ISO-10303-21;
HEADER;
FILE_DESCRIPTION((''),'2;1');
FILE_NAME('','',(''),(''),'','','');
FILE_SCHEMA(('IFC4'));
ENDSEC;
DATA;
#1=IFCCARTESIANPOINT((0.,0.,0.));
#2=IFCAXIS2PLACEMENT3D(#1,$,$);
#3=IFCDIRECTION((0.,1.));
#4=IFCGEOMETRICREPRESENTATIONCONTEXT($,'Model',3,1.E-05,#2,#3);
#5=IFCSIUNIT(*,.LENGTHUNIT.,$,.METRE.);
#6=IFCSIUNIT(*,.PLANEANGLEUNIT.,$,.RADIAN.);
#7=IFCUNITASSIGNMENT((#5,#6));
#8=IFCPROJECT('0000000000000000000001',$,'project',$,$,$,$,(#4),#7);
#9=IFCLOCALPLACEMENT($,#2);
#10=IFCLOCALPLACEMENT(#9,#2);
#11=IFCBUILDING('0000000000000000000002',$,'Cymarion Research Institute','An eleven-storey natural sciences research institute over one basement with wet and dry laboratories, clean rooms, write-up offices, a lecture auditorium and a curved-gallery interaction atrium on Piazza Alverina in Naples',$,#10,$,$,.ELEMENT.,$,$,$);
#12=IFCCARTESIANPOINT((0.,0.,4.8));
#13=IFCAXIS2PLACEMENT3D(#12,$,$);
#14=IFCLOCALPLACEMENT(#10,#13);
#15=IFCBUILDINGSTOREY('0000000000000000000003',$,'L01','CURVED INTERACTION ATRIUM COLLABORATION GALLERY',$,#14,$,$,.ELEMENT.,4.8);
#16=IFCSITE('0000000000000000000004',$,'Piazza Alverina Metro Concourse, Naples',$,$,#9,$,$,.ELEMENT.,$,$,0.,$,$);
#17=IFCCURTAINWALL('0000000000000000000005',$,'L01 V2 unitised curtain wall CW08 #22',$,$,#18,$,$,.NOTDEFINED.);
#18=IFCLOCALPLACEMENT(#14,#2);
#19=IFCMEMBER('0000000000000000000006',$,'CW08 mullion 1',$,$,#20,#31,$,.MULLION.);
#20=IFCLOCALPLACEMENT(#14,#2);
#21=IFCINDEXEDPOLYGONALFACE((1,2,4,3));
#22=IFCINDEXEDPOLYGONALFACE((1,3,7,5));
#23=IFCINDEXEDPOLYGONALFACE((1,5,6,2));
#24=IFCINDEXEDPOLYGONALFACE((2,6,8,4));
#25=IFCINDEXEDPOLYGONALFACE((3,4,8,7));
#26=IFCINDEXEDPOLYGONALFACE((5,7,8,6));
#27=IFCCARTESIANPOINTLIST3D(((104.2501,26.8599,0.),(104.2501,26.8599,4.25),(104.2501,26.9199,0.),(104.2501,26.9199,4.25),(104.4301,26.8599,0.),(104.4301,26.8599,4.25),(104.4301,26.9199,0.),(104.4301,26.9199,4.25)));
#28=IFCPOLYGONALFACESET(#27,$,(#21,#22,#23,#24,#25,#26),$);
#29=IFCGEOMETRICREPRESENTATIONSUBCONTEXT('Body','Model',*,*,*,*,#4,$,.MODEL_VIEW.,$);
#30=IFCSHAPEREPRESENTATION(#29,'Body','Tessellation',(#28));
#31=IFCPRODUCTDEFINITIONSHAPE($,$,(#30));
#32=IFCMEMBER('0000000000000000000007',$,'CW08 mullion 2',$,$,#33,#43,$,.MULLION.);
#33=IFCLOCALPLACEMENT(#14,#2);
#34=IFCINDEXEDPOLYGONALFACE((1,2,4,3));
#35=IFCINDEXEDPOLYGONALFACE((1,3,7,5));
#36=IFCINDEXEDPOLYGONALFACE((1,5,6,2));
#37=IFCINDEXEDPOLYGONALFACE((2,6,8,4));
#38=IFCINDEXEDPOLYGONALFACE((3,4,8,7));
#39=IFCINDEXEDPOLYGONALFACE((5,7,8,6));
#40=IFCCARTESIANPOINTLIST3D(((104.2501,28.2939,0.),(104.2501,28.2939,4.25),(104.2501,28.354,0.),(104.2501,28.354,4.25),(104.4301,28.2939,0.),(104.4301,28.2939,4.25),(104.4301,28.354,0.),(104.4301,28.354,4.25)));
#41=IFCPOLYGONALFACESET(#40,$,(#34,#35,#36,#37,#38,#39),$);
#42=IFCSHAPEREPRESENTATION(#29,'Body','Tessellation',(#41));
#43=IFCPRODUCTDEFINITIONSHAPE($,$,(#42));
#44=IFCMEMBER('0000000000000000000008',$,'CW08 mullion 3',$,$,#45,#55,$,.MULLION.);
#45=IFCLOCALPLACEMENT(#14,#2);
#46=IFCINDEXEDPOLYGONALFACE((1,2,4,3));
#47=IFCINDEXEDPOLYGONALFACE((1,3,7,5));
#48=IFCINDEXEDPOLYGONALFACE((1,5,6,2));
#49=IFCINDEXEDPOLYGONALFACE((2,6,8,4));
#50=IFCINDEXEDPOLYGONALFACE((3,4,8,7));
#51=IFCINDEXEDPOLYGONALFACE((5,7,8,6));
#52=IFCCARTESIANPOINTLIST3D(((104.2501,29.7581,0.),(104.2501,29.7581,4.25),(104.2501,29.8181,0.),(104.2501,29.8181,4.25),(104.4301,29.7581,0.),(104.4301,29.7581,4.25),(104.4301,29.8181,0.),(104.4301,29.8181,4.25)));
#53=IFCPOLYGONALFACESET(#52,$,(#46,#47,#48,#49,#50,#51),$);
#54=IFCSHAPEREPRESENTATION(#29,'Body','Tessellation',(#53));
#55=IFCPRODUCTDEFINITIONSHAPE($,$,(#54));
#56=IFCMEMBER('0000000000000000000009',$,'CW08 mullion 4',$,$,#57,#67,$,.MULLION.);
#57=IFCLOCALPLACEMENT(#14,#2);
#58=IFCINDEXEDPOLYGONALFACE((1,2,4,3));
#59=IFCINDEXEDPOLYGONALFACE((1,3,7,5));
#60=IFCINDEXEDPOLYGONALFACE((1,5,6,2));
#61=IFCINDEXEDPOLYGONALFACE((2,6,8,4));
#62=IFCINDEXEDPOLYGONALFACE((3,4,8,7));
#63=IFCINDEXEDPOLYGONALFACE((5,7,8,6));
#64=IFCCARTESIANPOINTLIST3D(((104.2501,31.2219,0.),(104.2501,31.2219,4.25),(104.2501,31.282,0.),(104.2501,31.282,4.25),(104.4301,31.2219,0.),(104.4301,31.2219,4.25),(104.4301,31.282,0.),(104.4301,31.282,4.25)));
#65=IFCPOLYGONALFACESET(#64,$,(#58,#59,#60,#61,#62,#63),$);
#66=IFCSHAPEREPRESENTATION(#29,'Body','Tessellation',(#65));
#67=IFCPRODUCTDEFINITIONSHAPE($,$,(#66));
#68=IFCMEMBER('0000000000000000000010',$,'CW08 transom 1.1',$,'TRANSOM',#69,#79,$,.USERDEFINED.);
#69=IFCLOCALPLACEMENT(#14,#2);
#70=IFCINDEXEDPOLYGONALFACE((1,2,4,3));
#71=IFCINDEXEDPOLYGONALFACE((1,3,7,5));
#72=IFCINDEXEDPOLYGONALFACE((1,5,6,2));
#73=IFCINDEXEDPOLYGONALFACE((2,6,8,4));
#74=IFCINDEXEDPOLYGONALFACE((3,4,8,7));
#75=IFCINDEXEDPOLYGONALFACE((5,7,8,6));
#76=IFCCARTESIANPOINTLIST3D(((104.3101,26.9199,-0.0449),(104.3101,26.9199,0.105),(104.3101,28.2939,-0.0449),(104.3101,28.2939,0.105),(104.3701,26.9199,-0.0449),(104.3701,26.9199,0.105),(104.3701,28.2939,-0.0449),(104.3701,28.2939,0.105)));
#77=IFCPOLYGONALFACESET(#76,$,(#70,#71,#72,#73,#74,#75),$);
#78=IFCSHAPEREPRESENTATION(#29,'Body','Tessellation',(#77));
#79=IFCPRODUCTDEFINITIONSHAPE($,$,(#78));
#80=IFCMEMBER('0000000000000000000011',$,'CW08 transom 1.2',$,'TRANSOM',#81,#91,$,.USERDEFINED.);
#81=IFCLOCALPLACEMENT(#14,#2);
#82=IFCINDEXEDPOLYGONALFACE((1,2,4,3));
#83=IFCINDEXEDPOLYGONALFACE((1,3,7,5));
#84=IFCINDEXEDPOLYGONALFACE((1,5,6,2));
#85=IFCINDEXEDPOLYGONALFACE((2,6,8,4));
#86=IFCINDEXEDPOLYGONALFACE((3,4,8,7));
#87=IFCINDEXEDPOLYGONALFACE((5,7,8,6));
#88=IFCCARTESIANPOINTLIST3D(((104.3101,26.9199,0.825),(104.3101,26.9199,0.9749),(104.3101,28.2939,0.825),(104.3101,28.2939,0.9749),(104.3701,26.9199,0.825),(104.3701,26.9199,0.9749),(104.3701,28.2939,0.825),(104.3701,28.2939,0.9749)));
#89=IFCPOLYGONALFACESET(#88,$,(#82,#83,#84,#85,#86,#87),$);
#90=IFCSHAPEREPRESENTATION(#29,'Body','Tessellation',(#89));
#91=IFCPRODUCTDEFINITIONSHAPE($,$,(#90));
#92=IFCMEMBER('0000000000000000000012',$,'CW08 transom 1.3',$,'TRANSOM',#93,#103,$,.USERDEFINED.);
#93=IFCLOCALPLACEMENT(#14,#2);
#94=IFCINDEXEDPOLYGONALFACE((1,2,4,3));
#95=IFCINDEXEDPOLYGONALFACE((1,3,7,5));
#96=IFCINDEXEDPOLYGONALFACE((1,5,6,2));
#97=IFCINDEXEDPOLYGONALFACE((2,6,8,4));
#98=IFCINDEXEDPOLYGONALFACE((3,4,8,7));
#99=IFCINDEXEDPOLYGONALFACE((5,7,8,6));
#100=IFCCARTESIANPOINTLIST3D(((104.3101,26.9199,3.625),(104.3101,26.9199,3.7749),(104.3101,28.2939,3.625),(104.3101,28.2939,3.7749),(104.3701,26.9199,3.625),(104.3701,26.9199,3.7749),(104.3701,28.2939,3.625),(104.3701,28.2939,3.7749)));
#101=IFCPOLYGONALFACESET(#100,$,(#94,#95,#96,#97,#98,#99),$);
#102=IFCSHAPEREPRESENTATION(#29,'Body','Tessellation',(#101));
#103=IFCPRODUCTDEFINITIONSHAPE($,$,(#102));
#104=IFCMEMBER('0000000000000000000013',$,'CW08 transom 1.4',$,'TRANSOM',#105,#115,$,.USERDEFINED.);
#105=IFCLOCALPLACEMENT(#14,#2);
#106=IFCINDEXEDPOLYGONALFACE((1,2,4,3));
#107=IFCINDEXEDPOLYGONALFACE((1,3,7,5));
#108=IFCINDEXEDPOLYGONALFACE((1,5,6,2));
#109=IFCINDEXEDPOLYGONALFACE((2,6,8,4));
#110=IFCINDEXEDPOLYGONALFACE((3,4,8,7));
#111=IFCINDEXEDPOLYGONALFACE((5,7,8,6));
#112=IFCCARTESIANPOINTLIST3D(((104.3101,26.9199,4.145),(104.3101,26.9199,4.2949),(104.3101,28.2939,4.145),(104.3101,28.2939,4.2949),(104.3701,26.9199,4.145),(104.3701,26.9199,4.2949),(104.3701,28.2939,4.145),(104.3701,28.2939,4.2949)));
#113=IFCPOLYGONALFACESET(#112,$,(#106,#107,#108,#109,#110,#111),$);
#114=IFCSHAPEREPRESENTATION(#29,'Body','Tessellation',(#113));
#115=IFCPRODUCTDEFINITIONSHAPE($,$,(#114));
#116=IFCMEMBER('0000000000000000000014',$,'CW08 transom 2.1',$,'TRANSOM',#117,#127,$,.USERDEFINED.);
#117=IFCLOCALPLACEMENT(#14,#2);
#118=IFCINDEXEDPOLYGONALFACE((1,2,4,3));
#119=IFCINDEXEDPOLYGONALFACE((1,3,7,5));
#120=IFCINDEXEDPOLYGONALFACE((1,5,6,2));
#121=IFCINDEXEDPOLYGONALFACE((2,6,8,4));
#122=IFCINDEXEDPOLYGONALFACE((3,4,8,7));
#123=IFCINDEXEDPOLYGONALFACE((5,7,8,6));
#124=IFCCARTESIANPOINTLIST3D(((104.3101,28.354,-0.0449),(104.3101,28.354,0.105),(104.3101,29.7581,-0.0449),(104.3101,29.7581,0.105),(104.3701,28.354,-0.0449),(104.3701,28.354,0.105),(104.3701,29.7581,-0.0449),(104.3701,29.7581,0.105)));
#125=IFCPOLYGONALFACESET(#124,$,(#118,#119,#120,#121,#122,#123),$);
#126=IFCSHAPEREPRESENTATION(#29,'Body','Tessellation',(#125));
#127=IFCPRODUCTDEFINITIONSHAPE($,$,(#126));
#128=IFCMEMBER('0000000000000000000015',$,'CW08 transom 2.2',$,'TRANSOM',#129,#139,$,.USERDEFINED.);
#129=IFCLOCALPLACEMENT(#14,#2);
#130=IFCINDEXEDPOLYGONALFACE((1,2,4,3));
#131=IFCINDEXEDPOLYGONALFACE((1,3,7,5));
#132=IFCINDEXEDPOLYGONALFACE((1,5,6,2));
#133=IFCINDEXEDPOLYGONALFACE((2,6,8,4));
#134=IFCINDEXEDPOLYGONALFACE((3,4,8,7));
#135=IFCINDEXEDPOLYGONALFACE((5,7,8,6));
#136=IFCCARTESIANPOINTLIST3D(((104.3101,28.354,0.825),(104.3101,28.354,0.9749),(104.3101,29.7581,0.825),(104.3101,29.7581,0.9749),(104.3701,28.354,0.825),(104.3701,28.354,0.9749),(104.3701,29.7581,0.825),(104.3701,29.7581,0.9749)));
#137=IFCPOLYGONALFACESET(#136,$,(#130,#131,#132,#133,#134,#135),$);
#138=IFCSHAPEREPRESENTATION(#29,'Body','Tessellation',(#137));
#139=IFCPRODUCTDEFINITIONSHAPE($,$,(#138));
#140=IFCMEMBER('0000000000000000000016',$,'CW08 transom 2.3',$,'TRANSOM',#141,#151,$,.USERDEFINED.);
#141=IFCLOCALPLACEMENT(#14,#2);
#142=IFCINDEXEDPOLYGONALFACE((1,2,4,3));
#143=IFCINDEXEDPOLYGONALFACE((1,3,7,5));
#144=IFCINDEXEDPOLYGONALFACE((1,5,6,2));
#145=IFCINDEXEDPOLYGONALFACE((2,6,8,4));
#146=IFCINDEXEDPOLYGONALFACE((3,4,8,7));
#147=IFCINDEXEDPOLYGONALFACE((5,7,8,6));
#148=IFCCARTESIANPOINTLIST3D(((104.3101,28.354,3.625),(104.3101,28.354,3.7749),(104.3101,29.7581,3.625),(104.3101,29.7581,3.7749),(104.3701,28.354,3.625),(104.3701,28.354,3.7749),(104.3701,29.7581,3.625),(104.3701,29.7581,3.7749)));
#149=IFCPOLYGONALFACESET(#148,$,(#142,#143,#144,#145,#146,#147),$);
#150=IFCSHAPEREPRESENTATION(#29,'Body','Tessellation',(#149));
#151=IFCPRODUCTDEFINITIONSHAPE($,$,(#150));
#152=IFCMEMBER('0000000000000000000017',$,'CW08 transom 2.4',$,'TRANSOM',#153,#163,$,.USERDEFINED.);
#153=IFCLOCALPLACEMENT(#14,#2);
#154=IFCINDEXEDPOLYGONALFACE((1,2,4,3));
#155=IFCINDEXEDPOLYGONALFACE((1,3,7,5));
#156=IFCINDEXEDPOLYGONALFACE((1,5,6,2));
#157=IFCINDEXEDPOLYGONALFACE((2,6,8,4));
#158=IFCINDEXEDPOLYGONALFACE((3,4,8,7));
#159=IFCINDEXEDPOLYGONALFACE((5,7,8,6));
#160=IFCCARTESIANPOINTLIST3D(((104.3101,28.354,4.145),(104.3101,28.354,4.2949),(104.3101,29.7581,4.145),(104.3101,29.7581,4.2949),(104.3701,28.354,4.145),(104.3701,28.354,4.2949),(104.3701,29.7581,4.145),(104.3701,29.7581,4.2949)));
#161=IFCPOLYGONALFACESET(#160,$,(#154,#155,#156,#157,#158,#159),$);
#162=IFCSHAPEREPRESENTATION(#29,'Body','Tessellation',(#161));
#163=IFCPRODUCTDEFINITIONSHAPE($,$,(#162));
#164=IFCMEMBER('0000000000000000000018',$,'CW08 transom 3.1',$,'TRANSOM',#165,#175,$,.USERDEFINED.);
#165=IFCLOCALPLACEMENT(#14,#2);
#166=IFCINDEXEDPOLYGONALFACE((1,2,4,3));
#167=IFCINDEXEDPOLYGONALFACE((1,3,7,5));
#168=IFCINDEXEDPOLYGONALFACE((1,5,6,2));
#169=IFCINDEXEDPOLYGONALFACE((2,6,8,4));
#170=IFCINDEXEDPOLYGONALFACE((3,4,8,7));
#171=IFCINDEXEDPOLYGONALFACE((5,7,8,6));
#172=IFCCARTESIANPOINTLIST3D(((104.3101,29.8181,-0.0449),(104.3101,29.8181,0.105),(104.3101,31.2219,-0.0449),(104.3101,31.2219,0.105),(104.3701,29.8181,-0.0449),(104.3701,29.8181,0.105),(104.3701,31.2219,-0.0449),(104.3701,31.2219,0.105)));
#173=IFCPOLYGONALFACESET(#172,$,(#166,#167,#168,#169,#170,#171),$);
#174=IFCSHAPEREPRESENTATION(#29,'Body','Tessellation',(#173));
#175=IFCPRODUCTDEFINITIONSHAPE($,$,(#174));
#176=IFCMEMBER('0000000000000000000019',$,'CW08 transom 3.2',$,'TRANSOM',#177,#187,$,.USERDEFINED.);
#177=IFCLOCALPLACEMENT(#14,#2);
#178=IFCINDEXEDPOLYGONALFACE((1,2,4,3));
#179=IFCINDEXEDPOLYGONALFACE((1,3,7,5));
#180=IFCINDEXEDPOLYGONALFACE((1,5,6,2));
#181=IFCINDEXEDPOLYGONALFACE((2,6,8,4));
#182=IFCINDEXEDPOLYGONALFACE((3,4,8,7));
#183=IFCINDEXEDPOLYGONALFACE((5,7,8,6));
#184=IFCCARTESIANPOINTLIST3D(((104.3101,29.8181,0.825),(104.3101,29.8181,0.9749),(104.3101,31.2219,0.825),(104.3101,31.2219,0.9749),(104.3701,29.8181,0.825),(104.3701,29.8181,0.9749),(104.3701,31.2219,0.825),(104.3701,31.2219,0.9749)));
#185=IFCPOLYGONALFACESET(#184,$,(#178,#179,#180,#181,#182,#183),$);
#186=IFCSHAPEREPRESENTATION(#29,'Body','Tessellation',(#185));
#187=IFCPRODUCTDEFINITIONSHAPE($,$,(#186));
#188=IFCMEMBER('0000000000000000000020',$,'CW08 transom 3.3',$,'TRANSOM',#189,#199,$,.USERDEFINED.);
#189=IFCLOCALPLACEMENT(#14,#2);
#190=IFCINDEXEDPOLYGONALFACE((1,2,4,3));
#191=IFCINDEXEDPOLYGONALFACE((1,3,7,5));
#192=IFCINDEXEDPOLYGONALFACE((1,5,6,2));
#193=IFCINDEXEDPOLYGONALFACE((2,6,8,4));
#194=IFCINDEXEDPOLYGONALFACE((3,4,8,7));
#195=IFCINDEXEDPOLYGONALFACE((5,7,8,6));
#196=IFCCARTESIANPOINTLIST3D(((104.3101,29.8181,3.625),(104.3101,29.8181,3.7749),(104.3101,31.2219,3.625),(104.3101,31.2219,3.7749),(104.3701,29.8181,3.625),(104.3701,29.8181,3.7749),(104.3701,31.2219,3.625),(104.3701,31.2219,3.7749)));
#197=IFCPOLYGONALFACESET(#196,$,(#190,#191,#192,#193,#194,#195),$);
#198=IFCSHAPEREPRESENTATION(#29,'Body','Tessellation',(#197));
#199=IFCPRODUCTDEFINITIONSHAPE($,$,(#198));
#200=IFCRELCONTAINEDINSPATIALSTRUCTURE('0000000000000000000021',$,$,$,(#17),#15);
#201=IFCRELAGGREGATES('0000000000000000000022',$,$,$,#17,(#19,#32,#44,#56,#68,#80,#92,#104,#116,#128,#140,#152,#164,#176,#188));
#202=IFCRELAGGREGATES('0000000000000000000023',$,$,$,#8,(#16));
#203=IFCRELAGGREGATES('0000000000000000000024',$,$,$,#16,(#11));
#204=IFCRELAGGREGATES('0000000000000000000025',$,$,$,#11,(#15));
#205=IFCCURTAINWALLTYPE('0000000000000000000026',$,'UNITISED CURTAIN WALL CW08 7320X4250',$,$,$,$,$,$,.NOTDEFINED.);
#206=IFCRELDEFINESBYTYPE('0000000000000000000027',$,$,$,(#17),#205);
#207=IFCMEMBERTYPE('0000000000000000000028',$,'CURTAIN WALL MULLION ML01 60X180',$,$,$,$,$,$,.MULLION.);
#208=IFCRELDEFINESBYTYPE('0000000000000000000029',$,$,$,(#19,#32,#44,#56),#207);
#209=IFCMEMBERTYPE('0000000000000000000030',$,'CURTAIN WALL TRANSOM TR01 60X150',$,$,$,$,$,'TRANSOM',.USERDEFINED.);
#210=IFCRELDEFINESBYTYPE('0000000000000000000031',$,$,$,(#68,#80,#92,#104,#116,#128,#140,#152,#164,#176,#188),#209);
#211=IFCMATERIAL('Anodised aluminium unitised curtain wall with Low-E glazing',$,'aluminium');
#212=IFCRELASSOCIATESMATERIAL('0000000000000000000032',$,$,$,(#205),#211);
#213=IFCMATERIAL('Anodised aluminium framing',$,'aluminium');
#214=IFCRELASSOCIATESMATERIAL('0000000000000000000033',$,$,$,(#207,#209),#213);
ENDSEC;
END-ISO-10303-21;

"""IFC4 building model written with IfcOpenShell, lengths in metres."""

from ifc_helpers import new_model, si_unit, direction, frame, origin, origin_2d, place, context, subcontext, project, spatial, rectangle, extrude, material, material_profile, profile_set, type_object, element, aggregate, save


model = new_model("IFC4")

# Units and contexts
model_context = context("Model", 3, precision=1e-05, world=origin(), true_north=direction((0.0, 1.0)))
body_context = subcontext(model_context, "Body", "Model", "MODEL_VIEW")
ifc_project = project(units=[si_unit("LENGTHUNIT", "METRE"), si_unit("PLANEANGLEUNIT", "RADIAN")], contexts=[model_context])

# Site, building, storey
site_placement = place(None, origin())
site = spatial("IfcSite", under=ifc_project, at=site_placement, Name="Piazza Alverina Metro Concourse, Naples", CompositionType="ELEMENT", RefElevation=0.0)
building_placement = place(site_placement, origin())
building = spatial("IfcBuilding", under=site, at=building_placement, Name="Cymarion Research Institute", Description="An eleven-storey natural sciences research institute over one basement with wet and dry laboratories, clean rooms, write-up offices, a lecture auditorium and a curved-gallery interaction atrium on Piazza Alverina in Naples", CompositionType="ELEMENT")
storey_placement = place(building_placement, frame((0.0, 0.0, 4.8)))
storey = spatial("IfcBuildingStorey", under=building, at=storey_placement, Name="L01", Description="CURVED INTERACTION ATRIUM COLLABORATION GALLERY", CompositionType="ELEMENT", Elevation=4.8)

# Curtain wall, members
ifc_material_1 = material(Name="Anodised aluminium unitised curtain wall with Low-E glazing", Category="aluminium")
curtain_wall_type = type_object("IfcCurtainWallType", Name="UNITISED CURTAIN WALL CW08 7320X4250", PredefinedType="NOTDEFINED", material=ifc_material_1)
curtain_wall_1_placement = place(storey_placement, origin())
curtain_wall_1 = element("IfcCurtainWall", 1, at=curtain_wall_1_placement, inside=storey, type_object=curtain_wall_type, Name="L01 V2 unitised curtain wall CW08 #22", PredefinedType="NOTDEFINED")
ifc_material_2 = material(Name="Anodised aluminium framing", Category="aluminium")
ifc_material_profile_1 = material_profile(ifc_material_2, rectangle(XDim=0.0601, YDim=0.1799, at=origin_2d()), Name="ALU MULLION 60x180")
ifc_profile_set_1 = profile_set([ifc_material_profile_1], Name="Anodised aluminium framing")
member_type_1 = type_object("IfcMemberType", Name="CURTAIN WALL MULLION ML01 60X180", PredefinedType="MULLION", material=ifc_profile_set_1)
member_1_placement = place(storey_placement, frame((104.3401, 26.8899, 0.0), z_axis=(0.0, 0.0, 1.0), x_axis=(0.0, 1.0, 0.0)))
member_1 = element("IfcMember", 2, at=member_1_placement, type_object=member_type_1, Name="CW08 mullion 1", PredefinedType="MULLION", context=body_context, shape_type="SweptSolid", body=[
    extrude(rectangle(XDim=0.0601, YDim=0.1799, at=origin_2d()), origin(), (0.0, 0.0, 1.0), 4.25),
])
member_2_placement = place(storey_placement, frame((104.3401, 28.324, 0.0), z_axis=(0.0, 0.0, 1.0), x_axis=(0.0, 1.0, 0.0)))
member_2 = element("IfcMember", 3, at=member_2_placement, type_object=member_type_1, Name="CW08 mullion 2", PredefinedType="MULLION", context=body_context, shape_type="SweptSolid", body=[
    extrude(rectangle(XDim=0.0601, YDim=0.1799, at=origin_2d()), origin(), (0.0, 0.0, 1.0), 4.25),
])
member_3_placement = place(storey_placement, frame((104.3401, 29.7881, 0.0), z_axis=(0.0, 0.0, 1.0), x_axis=(0.0, 1.0, 0.0)))
member_3 = element("IfcMember", 4, at=member_3_placement, type_object=member_type_1, Name="CW08 mullion 3", PredefinedType="MULLION", context=body_context, shape_type="SweptSolid", body=[
    extrude(rectangle(XDim=0.0601, YDim=0.1799, at=origin_2d()), origin(), (0.0, 0.0, 1.0), 4.25),
])
member_4_placement = place(storey_placement, frame((104.3401, 31.252, 0.0), z_axis=(0.0, 0.0, 1.0), x_axis=(0.0, 1.0, 0.0)))
member_4 = element("IfcMember", 5, at=member_4_placement, type_object=member_type_1, Name="CW08 mullion 4", PredefinedType="MULLION", context=body_context, shape_type="SweptSolid", body=[
    extrude(rectangle(XDim=0.0601, YDim=0.1799, at=origin_2d()), origin(), (0.0, 0.0, 1.0), 4.25),
])
ifc_material_profile_2 = material_profile(ifc_material_2, rectangle(XDim=0.0601, YDim=0.1499, at=origin_2d()), Name="ALU TRANSOM 60x150")
ifc_profile_set_2 = profile_set([ifc_material_profile_2], Name="Anodised aluminium framing")
member_type_2 = type_object("IfcMemberType", Name="CURTAIN WALL TRANSOM TR01 60X150", ElementType="TRANSOM", PredefinedType="USERDEFINED", material=ifc_profile_set_2)
member_5_placement = place(storey_placement, frame((104.3401, 26.9199, 0.03), z_axis=(0.0, 1.0, 0.0), x_axis=(-1.0, 0.0, 0.0)))
member_5 = element("IfcMember", 6, at=member_5_placement, type_object=member_type_2, Name="CW08 transom 1.1", ObjectType="TRANSOM", PredefinedType="USERDEFINED", context=body_context, shape_type="SweptSolid", body=[
    extrude(rectangle(XDim=0.0601, YDim=0.1499, at=origin_2d()), origin(), (0.0, 0.0, 1.0), 1.374),
])
member_6_placement = place(storey_placement, frame((104.3401, 26.9199, 0.8999), z_axis=(0.0, 1.0, 0.0), x_axis=(-1.0, 0.0, 0.0)))
member_6 = element("IfcMember", 7, at=member_6_placement, type_object=member_type_2, Name="CW08 transom 1.2", ObjectType="TRANSOM", PredefinedType="USERDEFINED", context=body_context, shape_type="SweptSolid", body=[
    extrude(rectangle(XDim=0.0601, YDim=0.1499, at=origin_2d()), origin(), (0.0, 0.0, 1.0), 1.374),
])
member_7_placement = place(storey_placement, frame((104.3401, 26.9199, 3.7), z_axis=(0.0, 1.0, 0.0), x_axis=(-1.0, 0.0, 0.0)))
member_7 = element("IfcMember", 8, at=member_7_placement, type_object=member_type_2, Name="CW08 transom 1.3", ObjectType="TRANSOM", PredefinedType="USERDEFINED", context=body_context, shape_type="SweptSolid", body=[
    extrude(rectangle(XDim=0.0601, YDim=0.1499, at=origin_2d()), origin(), (0.0, 0.0, 1.0), 1.374),
])
member_8_placement = place(storey_placement, frame((104.3401, 26.9199, 4.22), z_axis=(0.0, 1.0, 0.0), x_axis=(-1.0, 0.0, 0.0)))
member_8 = element("IfcMember", 9, at=member_8_placement, type_object=member_type_2, Name="CW08 transom 1.4", ObjectType="TRANSOM", PredefinedType="USERDEFINED", context=body_context, shape_type="SweptSolid", body=[
    extrude(rectangle(XDim=0.0601, YDim=0.1499, at=origin_2d()), origin(), (0.0, 0.0, 1.0), 1.374),
])
member_9_placement = place(storey_placement, frame((104.3401, 28.354, 0.03), z_axis=(0.0, 1.0, 0.0), x_axis=(-1.0, 0.0, 0.0)))
member_9 = element("IfcMember", 10, at=member_9_placement, type_object=member_type_2, Name="CW08 transom 2.1", ObjectType="TRANSOM", PredefinedType="USERDEFINED", context=body_context, shape_type="SweptSolid", body=[
    extrude(rectangle(XDim=0.0601, YDim=0.1499, at=origin_2d()), origin(), (0.0, 0.0, 1.0), 1.4041),
])
member_10_placement = place(storey_placement, frame((104.3401, 28.354, 0.8999), z_axis=(0.0, 1.0, 0.0), x_axis=(-1.0, 0.0, 0.0)))
member_10 = element("IfcMember", 11, at=member_10_placement, type_object=member_type_2, Name="CW08 transom 2.2", ObjectType="TRANSOM", PredefinedType="USERDEFINED", context=body_context, shape_type="SweptSolid", body=[
    extrude(rectangle(XDim=0.0601, YDim=0.1499, at=origin_2d()), origin(), (0.0, 0.0, 1.0), 1.4041),
])
member_11_placement = place(storey_placement, frame((104.3401, 28.354, 3.7), z_axis=(0.0, 1.0, 0.0), x_axis=(-1.0, 0.0, 0.0)))
member_11 = element("IfcMember", 12, at=member_11_placement, type_object=member_type_2, Name="CW08 transom 2.3", ObjectType="TRANSOM", PredefinedType="USERDEFINED", context=body_context, shape_type="SweptSolid", body=[
    extrude(rectangle(XDim=0.0601, YDim=0.1499, at=origin_2d()), origin(), (0.0, 0.0, 1.0), 1.4041),
])
member_12_placement = place(storey_placement, frame((104.3401, 28.354, 4.22), z_axis=(0.0, 1.0, 0.0), x_axis=(-1.0, 0.0, 0.0)))
member_12 = element("IfcMember", 13, at=member_12_placement, type_object=member_type_2, Name="CW08 transom 2.4", ObjectType="TRANSOM", PredefinedType="USERDEFINED", context=body_context, shape_type="SweptSolid", body=[
    extrude(rectangle(XDim=0.0601, YDim=0.1499, at=origin_2d()), origin(), (0.0, 0.0, 1.0), 1.4041),
])
member_13_placement = place(storey_placement, frame((104.3401, 29.8181, 0.03), z_axis=(0.0, 1.0, 0.0), x_axis=(-1.0, 0.0, 0.0)))
member_13 = element("IfcMember", 14, at=member_13_placement, type_object=member_type_2, Name="CW08 transom 3.1", ObjectType="TRANSOM", PredefinedType="USERDEFINED", context=body_context, shape_type="SweptSolid", body=[
    extrude(rectangle(XDim=0.0601, YDim=0.1499, at=origin_2d()), origin(), (0.0, 0.0, 1.0), 1.4038),
])
member_14_placement = place(storey_placement, frame((104.3401, 29.8181, 0.8999), z_axis=(0.0, 1.0, 0.0), x_axis=(-1.0, 0.0, 0.0)))
member_14 = element("IfcMember", 15, at=member_14_placement, type_object=member_type_2, Name="CW08 transom 3.2", ObjectType="TRANSOM", PredefinedType="USERDEFINED", context=body_context, shape_type="SweptSolid", body=[
    extrude(rectangle(XDim=0.0601, YDim=0.1499, at=origin_2d()), origin(), (0.0, 0.0, 1.0), 1.4038),
])
member_15_placement = place(storey_placement, frame((104.3401, 29.8181, 3.7), z_axis=(0.0, 1.0, 0.0), x_axis=(-1.0, 0.0, 0.0)))
member_15 = element("IfcMember", 16, at=member_15_placement, type_object=member_type_2, Name="CW08 transom 3.3", ObjectType="TRANSOM", PredefinedType="USERDEFINED", context=body_context, shape_type="SweptSolid", body=[
    extrude(rectangle(XDim=0.0601, YDim=0.1499, at=origin_2d()), origin(), (0.0, 0.0, 1.0), 1.4038),
])

aggregate(curtain_wall_1, [member_1, member_2, member_3, member_4, member_5, member_6, member_7, member_8, member_9, member_10, member_11, member_12, member_13, member_14, member_15])

save(model, "model.ifc")
